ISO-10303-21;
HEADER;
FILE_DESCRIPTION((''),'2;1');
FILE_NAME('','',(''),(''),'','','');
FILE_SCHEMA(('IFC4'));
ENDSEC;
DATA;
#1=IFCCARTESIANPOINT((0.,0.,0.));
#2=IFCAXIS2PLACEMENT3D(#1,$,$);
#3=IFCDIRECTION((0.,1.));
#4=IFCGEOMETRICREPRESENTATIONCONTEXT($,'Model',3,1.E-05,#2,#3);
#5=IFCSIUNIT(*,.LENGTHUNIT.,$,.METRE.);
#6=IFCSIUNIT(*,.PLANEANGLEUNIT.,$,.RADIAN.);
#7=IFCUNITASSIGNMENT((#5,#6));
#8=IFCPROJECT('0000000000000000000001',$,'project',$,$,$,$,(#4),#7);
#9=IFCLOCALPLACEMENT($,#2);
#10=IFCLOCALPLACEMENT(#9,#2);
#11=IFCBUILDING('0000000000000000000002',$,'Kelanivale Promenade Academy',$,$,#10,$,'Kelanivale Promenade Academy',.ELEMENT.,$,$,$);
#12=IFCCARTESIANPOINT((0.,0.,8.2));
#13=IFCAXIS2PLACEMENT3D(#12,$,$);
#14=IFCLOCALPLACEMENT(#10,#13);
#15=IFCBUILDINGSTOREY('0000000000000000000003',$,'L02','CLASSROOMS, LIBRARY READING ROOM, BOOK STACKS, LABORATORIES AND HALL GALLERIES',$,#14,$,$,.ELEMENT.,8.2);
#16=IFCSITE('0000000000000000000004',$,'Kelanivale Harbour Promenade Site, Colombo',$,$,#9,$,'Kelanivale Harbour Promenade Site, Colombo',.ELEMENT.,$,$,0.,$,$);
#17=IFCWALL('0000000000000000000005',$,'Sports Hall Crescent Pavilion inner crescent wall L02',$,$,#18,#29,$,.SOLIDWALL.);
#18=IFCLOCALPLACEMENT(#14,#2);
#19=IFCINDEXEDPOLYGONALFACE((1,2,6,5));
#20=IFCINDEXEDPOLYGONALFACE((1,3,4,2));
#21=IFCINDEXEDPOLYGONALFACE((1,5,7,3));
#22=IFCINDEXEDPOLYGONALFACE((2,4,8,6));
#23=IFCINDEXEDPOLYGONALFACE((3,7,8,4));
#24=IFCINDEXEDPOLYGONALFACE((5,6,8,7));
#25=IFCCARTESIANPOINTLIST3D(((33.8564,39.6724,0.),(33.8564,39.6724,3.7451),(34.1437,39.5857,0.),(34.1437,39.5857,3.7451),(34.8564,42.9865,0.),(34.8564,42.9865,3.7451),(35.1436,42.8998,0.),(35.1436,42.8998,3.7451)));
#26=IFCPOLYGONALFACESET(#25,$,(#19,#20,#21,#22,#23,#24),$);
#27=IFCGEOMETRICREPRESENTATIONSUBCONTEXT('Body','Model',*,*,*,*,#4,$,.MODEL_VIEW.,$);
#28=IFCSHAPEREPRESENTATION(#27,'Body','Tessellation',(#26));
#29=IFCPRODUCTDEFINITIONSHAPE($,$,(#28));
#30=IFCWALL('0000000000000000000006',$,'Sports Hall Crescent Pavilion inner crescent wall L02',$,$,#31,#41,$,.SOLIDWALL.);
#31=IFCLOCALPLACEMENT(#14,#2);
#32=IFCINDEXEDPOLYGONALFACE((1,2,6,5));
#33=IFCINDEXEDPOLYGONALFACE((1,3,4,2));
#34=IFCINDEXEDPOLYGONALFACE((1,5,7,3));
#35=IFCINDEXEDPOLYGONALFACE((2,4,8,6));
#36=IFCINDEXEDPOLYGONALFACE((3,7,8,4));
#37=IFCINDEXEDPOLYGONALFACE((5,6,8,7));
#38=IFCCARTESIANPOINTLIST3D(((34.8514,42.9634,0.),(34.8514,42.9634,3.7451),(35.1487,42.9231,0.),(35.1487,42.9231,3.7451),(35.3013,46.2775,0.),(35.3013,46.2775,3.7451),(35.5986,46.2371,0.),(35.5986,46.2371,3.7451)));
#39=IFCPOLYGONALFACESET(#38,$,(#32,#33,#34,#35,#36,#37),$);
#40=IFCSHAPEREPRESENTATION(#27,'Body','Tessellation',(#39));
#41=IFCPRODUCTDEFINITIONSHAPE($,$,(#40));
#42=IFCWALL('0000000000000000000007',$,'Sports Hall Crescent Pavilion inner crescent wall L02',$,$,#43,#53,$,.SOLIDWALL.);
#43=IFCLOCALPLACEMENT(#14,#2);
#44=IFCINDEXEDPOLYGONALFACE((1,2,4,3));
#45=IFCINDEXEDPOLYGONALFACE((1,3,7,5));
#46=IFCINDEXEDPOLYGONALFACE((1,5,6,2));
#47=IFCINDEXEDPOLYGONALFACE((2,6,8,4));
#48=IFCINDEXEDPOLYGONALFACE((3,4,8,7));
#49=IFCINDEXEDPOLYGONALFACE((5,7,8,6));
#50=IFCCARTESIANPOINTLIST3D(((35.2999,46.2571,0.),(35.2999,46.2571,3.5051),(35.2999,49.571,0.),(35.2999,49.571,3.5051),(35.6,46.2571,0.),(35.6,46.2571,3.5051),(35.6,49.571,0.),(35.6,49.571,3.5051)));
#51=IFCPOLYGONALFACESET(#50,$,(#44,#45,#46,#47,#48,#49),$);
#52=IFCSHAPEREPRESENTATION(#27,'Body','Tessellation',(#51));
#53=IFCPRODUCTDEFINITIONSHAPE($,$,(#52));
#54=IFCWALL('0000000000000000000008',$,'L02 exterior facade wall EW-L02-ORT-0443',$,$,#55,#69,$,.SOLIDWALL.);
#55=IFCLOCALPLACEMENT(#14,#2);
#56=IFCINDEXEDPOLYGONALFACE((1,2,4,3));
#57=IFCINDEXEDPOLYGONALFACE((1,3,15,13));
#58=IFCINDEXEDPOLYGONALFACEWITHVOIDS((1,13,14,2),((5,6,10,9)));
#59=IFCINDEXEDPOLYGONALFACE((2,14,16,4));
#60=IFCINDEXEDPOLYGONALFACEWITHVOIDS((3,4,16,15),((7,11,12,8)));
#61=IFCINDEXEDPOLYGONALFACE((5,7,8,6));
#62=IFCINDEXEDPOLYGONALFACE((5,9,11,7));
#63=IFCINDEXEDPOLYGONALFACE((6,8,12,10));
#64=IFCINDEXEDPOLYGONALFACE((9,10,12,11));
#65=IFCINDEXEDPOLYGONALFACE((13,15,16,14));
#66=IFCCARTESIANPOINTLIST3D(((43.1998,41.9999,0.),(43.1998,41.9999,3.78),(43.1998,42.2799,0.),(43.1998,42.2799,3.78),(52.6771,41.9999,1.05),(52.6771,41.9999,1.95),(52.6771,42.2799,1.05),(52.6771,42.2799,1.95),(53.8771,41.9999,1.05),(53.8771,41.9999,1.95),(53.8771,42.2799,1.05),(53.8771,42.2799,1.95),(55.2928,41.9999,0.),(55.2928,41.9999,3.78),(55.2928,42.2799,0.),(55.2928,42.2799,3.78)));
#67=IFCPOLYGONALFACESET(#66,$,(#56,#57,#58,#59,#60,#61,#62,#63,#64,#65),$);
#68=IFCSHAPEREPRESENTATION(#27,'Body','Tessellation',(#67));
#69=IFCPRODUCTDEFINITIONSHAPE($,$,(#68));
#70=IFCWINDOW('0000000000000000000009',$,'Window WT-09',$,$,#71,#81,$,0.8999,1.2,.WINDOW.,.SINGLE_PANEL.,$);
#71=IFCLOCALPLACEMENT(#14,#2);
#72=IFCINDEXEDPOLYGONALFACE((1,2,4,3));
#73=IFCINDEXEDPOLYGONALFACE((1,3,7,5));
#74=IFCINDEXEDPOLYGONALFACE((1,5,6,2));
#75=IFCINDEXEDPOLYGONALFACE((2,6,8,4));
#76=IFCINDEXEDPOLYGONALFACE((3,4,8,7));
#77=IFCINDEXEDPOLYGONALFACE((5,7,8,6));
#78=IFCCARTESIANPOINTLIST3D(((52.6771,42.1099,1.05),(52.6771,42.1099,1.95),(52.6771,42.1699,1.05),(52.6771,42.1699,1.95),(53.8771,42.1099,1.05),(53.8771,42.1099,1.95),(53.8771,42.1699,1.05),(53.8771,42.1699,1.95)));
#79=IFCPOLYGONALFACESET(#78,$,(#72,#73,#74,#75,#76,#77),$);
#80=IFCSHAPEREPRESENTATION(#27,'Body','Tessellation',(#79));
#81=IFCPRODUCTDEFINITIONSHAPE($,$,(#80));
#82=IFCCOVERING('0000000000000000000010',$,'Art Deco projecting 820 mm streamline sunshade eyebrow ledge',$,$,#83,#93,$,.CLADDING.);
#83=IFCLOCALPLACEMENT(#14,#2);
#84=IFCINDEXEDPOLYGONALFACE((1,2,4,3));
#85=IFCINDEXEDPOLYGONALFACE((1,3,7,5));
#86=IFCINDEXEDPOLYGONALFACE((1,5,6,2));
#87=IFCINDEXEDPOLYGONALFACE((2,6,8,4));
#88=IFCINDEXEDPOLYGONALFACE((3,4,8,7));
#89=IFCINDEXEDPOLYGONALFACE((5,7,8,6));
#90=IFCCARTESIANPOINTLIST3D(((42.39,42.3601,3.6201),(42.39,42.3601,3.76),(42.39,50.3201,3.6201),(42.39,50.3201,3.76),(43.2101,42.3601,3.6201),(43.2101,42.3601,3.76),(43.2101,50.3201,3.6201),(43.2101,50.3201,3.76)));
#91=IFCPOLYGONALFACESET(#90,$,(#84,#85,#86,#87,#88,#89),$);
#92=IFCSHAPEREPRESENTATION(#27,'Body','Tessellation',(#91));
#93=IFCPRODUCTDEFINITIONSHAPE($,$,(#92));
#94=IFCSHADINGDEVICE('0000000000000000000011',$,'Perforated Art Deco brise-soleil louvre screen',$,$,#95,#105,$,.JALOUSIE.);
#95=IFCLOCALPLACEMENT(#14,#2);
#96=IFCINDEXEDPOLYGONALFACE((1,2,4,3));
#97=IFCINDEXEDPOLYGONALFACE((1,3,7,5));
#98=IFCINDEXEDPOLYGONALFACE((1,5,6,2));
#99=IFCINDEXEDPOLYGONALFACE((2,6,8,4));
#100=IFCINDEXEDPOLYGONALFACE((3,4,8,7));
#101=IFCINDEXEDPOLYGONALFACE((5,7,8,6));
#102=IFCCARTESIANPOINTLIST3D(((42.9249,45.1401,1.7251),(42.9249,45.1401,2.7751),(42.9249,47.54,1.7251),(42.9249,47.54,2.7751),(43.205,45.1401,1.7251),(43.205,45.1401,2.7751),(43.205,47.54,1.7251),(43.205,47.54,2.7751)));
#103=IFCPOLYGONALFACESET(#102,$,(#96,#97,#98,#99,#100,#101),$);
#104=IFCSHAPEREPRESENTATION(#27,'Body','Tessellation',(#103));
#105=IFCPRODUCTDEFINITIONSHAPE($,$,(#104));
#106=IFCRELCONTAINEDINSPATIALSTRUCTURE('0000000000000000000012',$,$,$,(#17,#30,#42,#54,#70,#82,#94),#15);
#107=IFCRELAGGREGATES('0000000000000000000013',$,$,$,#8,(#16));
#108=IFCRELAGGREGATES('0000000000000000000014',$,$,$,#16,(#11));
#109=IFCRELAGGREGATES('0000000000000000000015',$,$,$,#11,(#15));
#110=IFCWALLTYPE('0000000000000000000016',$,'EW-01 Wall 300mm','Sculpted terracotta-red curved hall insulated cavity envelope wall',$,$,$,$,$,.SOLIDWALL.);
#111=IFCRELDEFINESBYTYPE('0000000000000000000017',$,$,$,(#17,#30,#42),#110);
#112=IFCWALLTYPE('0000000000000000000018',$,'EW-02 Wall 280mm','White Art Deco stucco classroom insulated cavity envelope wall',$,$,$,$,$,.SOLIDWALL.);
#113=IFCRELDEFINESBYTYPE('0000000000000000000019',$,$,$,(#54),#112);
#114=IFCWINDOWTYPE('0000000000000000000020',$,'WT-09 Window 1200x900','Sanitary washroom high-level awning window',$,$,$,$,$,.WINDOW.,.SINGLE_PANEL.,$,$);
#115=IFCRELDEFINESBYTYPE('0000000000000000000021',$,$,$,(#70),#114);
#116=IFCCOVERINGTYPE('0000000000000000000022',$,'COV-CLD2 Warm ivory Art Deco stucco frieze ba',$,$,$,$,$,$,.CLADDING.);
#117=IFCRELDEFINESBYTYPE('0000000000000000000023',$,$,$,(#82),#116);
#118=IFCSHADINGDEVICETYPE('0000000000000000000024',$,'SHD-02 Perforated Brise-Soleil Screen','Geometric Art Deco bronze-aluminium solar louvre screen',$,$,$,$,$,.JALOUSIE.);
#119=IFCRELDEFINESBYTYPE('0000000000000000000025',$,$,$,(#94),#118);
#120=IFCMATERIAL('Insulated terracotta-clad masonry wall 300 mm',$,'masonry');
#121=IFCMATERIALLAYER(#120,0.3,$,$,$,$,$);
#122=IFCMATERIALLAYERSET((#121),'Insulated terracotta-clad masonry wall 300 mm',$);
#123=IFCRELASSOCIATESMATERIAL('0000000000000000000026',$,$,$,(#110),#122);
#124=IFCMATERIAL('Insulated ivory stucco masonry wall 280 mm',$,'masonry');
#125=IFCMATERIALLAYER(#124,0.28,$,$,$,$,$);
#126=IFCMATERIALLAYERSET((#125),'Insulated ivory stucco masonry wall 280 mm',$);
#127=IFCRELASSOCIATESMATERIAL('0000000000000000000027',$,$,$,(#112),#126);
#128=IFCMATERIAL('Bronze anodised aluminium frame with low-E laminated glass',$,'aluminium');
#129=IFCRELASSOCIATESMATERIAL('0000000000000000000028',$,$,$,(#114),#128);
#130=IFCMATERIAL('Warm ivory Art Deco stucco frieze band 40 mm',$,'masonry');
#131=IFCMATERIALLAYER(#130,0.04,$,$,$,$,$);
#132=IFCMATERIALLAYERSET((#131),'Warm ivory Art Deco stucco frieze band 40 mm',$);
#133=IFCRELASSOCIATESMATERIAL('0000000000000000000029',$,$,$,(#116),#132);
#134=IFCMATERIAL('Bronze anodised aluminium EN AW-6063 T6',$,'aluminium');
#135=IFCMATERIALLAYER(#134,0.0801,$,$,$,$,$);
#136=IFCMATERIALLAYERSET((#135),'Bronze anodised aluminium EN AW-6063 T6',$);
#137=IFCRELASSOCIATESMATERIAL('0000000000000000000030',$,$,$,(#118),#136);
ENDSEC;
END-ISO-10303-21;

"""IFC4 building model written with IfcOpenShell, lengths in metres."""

from ifc_helpers import new_model, si_unit, direction, frame, frame_2d, origin, origin_2d, place, context, subcontext, project, spatial, rectangle, extrude, material, layer, layer_set, type_object, element, fill, save


model = new_model("IFC4")

# Units and contexts
model_context = context("Model", 3, precision=1e-05, world=origin(), true_north=direction((0.0, 1.0)))
body_context = subcontext(model_context, "Body", "Model", "MODEL_VIEW")
ifc_project = project(units=[si_unit("LENGTHUNIT", "METRE"), si_unit("PLANEANGLEUNIT", "RADIAN")], contexts=[model_context])

# Site, building, storey
site_placement = place(None, origin())
site = spatial("IfcSite", under=ifc_project, at=site_placement, Name="Kelanivale Harbour Promenade Site, Colombo", LongName="Kelanivale Harbour Promenade Site, Colombo", CompositionType="ELEMENT", RefElevation=0.0)
building_placement = place(site_placement, origin())
building = spatial("IfcBuilding", under=site, at=building_placement, Name="Kelanivale Promenade Academy", LongName="Kelanivale Promenade Academy", CompositionType="ELEMENT")
storey_placement = place(building_placement, frame((0.0, 0.0, 8.2)))
storey = spatial("IfcBuildingStorey", under=building, at=storey_placement, Name="L02", Description="CLASSROOMS, LIBRARY READING ROOM, BOOK STACKS, LABORATORIES AND HALL GALLERIES", CompositionType="ELEMENT", Elevation=8.2)

# Walls
ifc_material_1 = material(Name="Insulated terracotta-clad masonry wall 300 mm", Category="masonry")
ifc_layer_1 = layer(ifc_material_1, 0.3)
ifc_layer_set_1 = layer_set([ifc_layer_1], Name="Insulated terracotta-clad masonry wall 300 mm")
wall_type_1 = type_object("IfcWallType", Name="EW-01 Wall 300mm", Description="Sculpted terracotta-red curved hall insulated cavity envelope wall", PredefinedType="SOLIDWALL", material=ifc_layer_set_1)
wall_1_placement = place(storey_placement, frame((34.0, 39.6289, 0.0), z_axis=(0.0, 0.0, 1.0), x_axis=(0.288868, 0.957369, 0.0)))
element("IfcWall", 1, at=wall_1_placement, inside=storey, type_object=wall_type_1, Name="Sports Hall Crescent Pavilion inner crescent wall L02", PredefinedType="SOLIDWALL", context=body_context, shape_type="SweptSolid", body=[
    extrude(rectangle(XDim=3.4617, YDim=0.3, at=frame_2d((1.731, 0.0))), origin(), (0.0, 0.0, 1.0), 3.7451),
])
wall_2_placement = place(storey_placement, frame((35.0, 42.9431, 0.0), z_axis=(0.0, 0.0, 1.0), x_axis=(0.13454, 0.990908, 0.0)))
element("IfcWall", 2, at=wall_2_placement, inside=storey, type_object=wall_type_1, Name="Sports Hall Crescent Pavilion inner crescent wall L02", PredefinedType="SOLIDWALL", context=body_context, shape_type="SweptSolid", body=[
    extrude(rectangle(XDim=3.3445, YDim=0.3, at=frame_2d((1.6724, 0.0))), origin(), (0.0, 0.0, 1.0), 3.7451),
])
wall_3_placement = place(storey_placement, frame((35.45, 46.2571, 0.0), z_axis=(0.0, 0.0, 1.0), x_axis=(0.0, 1.0, 0.0)))
element("IfcWall", 3, at=wall_3_placement, inside=storey, type_object=wall_type_1, Name="Sports Hall Crescent Pavilion inner crescent wall L02", PredefinedType="SOLIDWALL", context=body_context, shape_type="SweptSolid", body=[
    extrude(rectangle(XDim=3.314, YDim=0.3, at=frame_2d((1.657, 0.0))), origin(), (0.0, 0.0, 1.0), 3.5051),
])

# Wall, opening, window
ifc_material_2 = material(Name="Insulated ivory stucco masonry wall 280 mm", Category="masonry")
ifc_layer_2 = layer(ifc_material_2, 0.28)
ifc_layer_set_2 = layer_set([ifc_layer_2], Name="Insulated ivory stucco masonry wall 280 mm")
wall_type_2 = type_object("IfcWallType", Name="EW-02 Wall 280mm", Description="White Art Deco stucco classroom insulated cavity envelope wall", PredefinedType="SOLIDWALL", material=ifc_layer_set_2)
wall_4_placement = place(storey_placement, frame((43.2, 42.1399, 0.0), z_axis=(0.0, 0.0, 1.0), x_axis=(1.0, 0.0, 0.0)))
wall_4 = element("IfcWall", 4, at=wall_4_placement, inside=storey, type_object=wall_type_2, Name="L02 exterior facade wall EW-L02-ORT-0443", PredefinedType="SOLIDWALL", context=body_context, shape_type="SweptSolid", body=[
    extrude(rectangle(XDim=12.093, YDim=0.28, at=frame_2d((6.0464, 0.0))), origin(), (0.0, 0.0, 1.0), 3.78),
])
opening_placement = place(wall_4_placement, frame((9.4771, 0.0, 1.05)))
opening = element("IfcOpeningElement", 5, at=opening_placement, cuts=wall_4, PredefinedType="OPENING", context=body_context, shape_type="SweptSolid", body=[
    extrude(rectangle(XDim=1.2, YDim=0.8999, at=frame_2d((0.6001, 0.45))), frame((0.0, 0.1499, 0.0), z_axis=(0.0, -1.0, 0.0), x_axis=(1.0, 0.0, 0.0)), (0.0, 0.0, 1.0), 0.3),
])
ifc_material_3 = material(Name="Bronze anodised aluminium frame with low-E laminated glass", Category="aluminium")
window_type = type_object("IfcWindowType", Name="WT-09 Window 1200x900", Description="Sanitary washroom high-level awning window", PartitioningType="SINGLE_PANEL", PredefinedType="WINDOW", material=ifc_material_3)
window_placement = place(opening_placement, origin())
window = element("IfcWindow", 6, at=window_placement, inside=storey, type_object=window_type, Name="Window WT-09", OverallHeight=0.8999, OverallWidth=1.2, PartitioningType="SINGLE_PANEL", PredefinedType="WINDOW", context=body_context, shape_type="SweptSolid", body=[
    extrude(rectangle(XDim=1.2, YDim=0.8999, at=frame_2d((0.6001, 0.45))), frame((0.0, 0.03, 0.0), z_axis=(0.0, -1.0, 0.0), x_axis=(1.0, 0.0, 0.0)), (0.0, 0.0, 1.0), 0.0601),
])
fill(opening, window)

# Covering
ifc_material_4 = material(Name="Warm ivory Art Deco stucco frieze band 40 mm", Category="masonry")
ifc_layer_3 = layer(ifc_material_4, 0.04)
ifc_layer_set_3 = layer_set([ifc_layer_3], Name="Warm ivory Art Deco stucco frieze band 40 mm")
covering_type = type_object("IfcCoveringType", Name="COV-CLD2 Warm ivory Art Deco stucco frieze ba", PredefinedType="CLADDING", material=ifc_layer_set_3)
covering_placement = place(storey_placement, frame((42.8, 46.3401, 3.6201), z_axis=(0.0, 0.0, 1.0), x_axis=(0.0, -1.0, 0.0)))
element("IfcCovering", 7, at=covering_placement, inside=storey, type_object=covering_type, Name="Art Deco projecting 820 mm streamline sunshade eyebrow ledge", PredefinedType="CLADDING", context=body_context, shape_type="SweptSolid", body=[
    extrude(rectangle(XDim=7.96, YDim=0.8201, at=origin_2d()), origin(), (0.0, 0.0, 1.0), 0.1399),
])

# Shading device
ifc_material_5 = material(Name="Bronze anodised aluminium EN AW-6063 T6", Category="aluminium")
ifc_layer_4 = layer(ifc_material_5, 0.0801)
ifc_layer_set_4 = layer_set([ifc_layer_4], Name="Bronze anodised aluminium EN AW-6063 T6")
shading_device_type = type_object("IfcShadingDeviceType", Name="SHD-02 Perforated Brise-Soleil Screen", Description="Geometric Art Deco bronze-aluminium solar louvre screen", PredefinedType="JALOUSIE", material=ifc_layer_set_4)
shading_device_placement = place(storey_placement, frame((43.0649, 46.3401, 1.7251), z_axis=(0.0, 0.0, 1.0), x_axis=(0.0, -1.0, 0.0)))
element("IfcShadingDevice", 8, at=shading_device_placement, inside=storey, type_object=shading_device_type, Name="Perforated Art Deco brise-soleil louvre screen", PredefinedType="JALOUSIE", context=body_context, shape_type="SweptSolid", body=[
    extrude(rectangle(XDim=2.3999, YDim=0.28, at=origin_2d()), origin(), (0.0, 0.0, 1.0), 1.05),
])

save(model, "model.ifc")
